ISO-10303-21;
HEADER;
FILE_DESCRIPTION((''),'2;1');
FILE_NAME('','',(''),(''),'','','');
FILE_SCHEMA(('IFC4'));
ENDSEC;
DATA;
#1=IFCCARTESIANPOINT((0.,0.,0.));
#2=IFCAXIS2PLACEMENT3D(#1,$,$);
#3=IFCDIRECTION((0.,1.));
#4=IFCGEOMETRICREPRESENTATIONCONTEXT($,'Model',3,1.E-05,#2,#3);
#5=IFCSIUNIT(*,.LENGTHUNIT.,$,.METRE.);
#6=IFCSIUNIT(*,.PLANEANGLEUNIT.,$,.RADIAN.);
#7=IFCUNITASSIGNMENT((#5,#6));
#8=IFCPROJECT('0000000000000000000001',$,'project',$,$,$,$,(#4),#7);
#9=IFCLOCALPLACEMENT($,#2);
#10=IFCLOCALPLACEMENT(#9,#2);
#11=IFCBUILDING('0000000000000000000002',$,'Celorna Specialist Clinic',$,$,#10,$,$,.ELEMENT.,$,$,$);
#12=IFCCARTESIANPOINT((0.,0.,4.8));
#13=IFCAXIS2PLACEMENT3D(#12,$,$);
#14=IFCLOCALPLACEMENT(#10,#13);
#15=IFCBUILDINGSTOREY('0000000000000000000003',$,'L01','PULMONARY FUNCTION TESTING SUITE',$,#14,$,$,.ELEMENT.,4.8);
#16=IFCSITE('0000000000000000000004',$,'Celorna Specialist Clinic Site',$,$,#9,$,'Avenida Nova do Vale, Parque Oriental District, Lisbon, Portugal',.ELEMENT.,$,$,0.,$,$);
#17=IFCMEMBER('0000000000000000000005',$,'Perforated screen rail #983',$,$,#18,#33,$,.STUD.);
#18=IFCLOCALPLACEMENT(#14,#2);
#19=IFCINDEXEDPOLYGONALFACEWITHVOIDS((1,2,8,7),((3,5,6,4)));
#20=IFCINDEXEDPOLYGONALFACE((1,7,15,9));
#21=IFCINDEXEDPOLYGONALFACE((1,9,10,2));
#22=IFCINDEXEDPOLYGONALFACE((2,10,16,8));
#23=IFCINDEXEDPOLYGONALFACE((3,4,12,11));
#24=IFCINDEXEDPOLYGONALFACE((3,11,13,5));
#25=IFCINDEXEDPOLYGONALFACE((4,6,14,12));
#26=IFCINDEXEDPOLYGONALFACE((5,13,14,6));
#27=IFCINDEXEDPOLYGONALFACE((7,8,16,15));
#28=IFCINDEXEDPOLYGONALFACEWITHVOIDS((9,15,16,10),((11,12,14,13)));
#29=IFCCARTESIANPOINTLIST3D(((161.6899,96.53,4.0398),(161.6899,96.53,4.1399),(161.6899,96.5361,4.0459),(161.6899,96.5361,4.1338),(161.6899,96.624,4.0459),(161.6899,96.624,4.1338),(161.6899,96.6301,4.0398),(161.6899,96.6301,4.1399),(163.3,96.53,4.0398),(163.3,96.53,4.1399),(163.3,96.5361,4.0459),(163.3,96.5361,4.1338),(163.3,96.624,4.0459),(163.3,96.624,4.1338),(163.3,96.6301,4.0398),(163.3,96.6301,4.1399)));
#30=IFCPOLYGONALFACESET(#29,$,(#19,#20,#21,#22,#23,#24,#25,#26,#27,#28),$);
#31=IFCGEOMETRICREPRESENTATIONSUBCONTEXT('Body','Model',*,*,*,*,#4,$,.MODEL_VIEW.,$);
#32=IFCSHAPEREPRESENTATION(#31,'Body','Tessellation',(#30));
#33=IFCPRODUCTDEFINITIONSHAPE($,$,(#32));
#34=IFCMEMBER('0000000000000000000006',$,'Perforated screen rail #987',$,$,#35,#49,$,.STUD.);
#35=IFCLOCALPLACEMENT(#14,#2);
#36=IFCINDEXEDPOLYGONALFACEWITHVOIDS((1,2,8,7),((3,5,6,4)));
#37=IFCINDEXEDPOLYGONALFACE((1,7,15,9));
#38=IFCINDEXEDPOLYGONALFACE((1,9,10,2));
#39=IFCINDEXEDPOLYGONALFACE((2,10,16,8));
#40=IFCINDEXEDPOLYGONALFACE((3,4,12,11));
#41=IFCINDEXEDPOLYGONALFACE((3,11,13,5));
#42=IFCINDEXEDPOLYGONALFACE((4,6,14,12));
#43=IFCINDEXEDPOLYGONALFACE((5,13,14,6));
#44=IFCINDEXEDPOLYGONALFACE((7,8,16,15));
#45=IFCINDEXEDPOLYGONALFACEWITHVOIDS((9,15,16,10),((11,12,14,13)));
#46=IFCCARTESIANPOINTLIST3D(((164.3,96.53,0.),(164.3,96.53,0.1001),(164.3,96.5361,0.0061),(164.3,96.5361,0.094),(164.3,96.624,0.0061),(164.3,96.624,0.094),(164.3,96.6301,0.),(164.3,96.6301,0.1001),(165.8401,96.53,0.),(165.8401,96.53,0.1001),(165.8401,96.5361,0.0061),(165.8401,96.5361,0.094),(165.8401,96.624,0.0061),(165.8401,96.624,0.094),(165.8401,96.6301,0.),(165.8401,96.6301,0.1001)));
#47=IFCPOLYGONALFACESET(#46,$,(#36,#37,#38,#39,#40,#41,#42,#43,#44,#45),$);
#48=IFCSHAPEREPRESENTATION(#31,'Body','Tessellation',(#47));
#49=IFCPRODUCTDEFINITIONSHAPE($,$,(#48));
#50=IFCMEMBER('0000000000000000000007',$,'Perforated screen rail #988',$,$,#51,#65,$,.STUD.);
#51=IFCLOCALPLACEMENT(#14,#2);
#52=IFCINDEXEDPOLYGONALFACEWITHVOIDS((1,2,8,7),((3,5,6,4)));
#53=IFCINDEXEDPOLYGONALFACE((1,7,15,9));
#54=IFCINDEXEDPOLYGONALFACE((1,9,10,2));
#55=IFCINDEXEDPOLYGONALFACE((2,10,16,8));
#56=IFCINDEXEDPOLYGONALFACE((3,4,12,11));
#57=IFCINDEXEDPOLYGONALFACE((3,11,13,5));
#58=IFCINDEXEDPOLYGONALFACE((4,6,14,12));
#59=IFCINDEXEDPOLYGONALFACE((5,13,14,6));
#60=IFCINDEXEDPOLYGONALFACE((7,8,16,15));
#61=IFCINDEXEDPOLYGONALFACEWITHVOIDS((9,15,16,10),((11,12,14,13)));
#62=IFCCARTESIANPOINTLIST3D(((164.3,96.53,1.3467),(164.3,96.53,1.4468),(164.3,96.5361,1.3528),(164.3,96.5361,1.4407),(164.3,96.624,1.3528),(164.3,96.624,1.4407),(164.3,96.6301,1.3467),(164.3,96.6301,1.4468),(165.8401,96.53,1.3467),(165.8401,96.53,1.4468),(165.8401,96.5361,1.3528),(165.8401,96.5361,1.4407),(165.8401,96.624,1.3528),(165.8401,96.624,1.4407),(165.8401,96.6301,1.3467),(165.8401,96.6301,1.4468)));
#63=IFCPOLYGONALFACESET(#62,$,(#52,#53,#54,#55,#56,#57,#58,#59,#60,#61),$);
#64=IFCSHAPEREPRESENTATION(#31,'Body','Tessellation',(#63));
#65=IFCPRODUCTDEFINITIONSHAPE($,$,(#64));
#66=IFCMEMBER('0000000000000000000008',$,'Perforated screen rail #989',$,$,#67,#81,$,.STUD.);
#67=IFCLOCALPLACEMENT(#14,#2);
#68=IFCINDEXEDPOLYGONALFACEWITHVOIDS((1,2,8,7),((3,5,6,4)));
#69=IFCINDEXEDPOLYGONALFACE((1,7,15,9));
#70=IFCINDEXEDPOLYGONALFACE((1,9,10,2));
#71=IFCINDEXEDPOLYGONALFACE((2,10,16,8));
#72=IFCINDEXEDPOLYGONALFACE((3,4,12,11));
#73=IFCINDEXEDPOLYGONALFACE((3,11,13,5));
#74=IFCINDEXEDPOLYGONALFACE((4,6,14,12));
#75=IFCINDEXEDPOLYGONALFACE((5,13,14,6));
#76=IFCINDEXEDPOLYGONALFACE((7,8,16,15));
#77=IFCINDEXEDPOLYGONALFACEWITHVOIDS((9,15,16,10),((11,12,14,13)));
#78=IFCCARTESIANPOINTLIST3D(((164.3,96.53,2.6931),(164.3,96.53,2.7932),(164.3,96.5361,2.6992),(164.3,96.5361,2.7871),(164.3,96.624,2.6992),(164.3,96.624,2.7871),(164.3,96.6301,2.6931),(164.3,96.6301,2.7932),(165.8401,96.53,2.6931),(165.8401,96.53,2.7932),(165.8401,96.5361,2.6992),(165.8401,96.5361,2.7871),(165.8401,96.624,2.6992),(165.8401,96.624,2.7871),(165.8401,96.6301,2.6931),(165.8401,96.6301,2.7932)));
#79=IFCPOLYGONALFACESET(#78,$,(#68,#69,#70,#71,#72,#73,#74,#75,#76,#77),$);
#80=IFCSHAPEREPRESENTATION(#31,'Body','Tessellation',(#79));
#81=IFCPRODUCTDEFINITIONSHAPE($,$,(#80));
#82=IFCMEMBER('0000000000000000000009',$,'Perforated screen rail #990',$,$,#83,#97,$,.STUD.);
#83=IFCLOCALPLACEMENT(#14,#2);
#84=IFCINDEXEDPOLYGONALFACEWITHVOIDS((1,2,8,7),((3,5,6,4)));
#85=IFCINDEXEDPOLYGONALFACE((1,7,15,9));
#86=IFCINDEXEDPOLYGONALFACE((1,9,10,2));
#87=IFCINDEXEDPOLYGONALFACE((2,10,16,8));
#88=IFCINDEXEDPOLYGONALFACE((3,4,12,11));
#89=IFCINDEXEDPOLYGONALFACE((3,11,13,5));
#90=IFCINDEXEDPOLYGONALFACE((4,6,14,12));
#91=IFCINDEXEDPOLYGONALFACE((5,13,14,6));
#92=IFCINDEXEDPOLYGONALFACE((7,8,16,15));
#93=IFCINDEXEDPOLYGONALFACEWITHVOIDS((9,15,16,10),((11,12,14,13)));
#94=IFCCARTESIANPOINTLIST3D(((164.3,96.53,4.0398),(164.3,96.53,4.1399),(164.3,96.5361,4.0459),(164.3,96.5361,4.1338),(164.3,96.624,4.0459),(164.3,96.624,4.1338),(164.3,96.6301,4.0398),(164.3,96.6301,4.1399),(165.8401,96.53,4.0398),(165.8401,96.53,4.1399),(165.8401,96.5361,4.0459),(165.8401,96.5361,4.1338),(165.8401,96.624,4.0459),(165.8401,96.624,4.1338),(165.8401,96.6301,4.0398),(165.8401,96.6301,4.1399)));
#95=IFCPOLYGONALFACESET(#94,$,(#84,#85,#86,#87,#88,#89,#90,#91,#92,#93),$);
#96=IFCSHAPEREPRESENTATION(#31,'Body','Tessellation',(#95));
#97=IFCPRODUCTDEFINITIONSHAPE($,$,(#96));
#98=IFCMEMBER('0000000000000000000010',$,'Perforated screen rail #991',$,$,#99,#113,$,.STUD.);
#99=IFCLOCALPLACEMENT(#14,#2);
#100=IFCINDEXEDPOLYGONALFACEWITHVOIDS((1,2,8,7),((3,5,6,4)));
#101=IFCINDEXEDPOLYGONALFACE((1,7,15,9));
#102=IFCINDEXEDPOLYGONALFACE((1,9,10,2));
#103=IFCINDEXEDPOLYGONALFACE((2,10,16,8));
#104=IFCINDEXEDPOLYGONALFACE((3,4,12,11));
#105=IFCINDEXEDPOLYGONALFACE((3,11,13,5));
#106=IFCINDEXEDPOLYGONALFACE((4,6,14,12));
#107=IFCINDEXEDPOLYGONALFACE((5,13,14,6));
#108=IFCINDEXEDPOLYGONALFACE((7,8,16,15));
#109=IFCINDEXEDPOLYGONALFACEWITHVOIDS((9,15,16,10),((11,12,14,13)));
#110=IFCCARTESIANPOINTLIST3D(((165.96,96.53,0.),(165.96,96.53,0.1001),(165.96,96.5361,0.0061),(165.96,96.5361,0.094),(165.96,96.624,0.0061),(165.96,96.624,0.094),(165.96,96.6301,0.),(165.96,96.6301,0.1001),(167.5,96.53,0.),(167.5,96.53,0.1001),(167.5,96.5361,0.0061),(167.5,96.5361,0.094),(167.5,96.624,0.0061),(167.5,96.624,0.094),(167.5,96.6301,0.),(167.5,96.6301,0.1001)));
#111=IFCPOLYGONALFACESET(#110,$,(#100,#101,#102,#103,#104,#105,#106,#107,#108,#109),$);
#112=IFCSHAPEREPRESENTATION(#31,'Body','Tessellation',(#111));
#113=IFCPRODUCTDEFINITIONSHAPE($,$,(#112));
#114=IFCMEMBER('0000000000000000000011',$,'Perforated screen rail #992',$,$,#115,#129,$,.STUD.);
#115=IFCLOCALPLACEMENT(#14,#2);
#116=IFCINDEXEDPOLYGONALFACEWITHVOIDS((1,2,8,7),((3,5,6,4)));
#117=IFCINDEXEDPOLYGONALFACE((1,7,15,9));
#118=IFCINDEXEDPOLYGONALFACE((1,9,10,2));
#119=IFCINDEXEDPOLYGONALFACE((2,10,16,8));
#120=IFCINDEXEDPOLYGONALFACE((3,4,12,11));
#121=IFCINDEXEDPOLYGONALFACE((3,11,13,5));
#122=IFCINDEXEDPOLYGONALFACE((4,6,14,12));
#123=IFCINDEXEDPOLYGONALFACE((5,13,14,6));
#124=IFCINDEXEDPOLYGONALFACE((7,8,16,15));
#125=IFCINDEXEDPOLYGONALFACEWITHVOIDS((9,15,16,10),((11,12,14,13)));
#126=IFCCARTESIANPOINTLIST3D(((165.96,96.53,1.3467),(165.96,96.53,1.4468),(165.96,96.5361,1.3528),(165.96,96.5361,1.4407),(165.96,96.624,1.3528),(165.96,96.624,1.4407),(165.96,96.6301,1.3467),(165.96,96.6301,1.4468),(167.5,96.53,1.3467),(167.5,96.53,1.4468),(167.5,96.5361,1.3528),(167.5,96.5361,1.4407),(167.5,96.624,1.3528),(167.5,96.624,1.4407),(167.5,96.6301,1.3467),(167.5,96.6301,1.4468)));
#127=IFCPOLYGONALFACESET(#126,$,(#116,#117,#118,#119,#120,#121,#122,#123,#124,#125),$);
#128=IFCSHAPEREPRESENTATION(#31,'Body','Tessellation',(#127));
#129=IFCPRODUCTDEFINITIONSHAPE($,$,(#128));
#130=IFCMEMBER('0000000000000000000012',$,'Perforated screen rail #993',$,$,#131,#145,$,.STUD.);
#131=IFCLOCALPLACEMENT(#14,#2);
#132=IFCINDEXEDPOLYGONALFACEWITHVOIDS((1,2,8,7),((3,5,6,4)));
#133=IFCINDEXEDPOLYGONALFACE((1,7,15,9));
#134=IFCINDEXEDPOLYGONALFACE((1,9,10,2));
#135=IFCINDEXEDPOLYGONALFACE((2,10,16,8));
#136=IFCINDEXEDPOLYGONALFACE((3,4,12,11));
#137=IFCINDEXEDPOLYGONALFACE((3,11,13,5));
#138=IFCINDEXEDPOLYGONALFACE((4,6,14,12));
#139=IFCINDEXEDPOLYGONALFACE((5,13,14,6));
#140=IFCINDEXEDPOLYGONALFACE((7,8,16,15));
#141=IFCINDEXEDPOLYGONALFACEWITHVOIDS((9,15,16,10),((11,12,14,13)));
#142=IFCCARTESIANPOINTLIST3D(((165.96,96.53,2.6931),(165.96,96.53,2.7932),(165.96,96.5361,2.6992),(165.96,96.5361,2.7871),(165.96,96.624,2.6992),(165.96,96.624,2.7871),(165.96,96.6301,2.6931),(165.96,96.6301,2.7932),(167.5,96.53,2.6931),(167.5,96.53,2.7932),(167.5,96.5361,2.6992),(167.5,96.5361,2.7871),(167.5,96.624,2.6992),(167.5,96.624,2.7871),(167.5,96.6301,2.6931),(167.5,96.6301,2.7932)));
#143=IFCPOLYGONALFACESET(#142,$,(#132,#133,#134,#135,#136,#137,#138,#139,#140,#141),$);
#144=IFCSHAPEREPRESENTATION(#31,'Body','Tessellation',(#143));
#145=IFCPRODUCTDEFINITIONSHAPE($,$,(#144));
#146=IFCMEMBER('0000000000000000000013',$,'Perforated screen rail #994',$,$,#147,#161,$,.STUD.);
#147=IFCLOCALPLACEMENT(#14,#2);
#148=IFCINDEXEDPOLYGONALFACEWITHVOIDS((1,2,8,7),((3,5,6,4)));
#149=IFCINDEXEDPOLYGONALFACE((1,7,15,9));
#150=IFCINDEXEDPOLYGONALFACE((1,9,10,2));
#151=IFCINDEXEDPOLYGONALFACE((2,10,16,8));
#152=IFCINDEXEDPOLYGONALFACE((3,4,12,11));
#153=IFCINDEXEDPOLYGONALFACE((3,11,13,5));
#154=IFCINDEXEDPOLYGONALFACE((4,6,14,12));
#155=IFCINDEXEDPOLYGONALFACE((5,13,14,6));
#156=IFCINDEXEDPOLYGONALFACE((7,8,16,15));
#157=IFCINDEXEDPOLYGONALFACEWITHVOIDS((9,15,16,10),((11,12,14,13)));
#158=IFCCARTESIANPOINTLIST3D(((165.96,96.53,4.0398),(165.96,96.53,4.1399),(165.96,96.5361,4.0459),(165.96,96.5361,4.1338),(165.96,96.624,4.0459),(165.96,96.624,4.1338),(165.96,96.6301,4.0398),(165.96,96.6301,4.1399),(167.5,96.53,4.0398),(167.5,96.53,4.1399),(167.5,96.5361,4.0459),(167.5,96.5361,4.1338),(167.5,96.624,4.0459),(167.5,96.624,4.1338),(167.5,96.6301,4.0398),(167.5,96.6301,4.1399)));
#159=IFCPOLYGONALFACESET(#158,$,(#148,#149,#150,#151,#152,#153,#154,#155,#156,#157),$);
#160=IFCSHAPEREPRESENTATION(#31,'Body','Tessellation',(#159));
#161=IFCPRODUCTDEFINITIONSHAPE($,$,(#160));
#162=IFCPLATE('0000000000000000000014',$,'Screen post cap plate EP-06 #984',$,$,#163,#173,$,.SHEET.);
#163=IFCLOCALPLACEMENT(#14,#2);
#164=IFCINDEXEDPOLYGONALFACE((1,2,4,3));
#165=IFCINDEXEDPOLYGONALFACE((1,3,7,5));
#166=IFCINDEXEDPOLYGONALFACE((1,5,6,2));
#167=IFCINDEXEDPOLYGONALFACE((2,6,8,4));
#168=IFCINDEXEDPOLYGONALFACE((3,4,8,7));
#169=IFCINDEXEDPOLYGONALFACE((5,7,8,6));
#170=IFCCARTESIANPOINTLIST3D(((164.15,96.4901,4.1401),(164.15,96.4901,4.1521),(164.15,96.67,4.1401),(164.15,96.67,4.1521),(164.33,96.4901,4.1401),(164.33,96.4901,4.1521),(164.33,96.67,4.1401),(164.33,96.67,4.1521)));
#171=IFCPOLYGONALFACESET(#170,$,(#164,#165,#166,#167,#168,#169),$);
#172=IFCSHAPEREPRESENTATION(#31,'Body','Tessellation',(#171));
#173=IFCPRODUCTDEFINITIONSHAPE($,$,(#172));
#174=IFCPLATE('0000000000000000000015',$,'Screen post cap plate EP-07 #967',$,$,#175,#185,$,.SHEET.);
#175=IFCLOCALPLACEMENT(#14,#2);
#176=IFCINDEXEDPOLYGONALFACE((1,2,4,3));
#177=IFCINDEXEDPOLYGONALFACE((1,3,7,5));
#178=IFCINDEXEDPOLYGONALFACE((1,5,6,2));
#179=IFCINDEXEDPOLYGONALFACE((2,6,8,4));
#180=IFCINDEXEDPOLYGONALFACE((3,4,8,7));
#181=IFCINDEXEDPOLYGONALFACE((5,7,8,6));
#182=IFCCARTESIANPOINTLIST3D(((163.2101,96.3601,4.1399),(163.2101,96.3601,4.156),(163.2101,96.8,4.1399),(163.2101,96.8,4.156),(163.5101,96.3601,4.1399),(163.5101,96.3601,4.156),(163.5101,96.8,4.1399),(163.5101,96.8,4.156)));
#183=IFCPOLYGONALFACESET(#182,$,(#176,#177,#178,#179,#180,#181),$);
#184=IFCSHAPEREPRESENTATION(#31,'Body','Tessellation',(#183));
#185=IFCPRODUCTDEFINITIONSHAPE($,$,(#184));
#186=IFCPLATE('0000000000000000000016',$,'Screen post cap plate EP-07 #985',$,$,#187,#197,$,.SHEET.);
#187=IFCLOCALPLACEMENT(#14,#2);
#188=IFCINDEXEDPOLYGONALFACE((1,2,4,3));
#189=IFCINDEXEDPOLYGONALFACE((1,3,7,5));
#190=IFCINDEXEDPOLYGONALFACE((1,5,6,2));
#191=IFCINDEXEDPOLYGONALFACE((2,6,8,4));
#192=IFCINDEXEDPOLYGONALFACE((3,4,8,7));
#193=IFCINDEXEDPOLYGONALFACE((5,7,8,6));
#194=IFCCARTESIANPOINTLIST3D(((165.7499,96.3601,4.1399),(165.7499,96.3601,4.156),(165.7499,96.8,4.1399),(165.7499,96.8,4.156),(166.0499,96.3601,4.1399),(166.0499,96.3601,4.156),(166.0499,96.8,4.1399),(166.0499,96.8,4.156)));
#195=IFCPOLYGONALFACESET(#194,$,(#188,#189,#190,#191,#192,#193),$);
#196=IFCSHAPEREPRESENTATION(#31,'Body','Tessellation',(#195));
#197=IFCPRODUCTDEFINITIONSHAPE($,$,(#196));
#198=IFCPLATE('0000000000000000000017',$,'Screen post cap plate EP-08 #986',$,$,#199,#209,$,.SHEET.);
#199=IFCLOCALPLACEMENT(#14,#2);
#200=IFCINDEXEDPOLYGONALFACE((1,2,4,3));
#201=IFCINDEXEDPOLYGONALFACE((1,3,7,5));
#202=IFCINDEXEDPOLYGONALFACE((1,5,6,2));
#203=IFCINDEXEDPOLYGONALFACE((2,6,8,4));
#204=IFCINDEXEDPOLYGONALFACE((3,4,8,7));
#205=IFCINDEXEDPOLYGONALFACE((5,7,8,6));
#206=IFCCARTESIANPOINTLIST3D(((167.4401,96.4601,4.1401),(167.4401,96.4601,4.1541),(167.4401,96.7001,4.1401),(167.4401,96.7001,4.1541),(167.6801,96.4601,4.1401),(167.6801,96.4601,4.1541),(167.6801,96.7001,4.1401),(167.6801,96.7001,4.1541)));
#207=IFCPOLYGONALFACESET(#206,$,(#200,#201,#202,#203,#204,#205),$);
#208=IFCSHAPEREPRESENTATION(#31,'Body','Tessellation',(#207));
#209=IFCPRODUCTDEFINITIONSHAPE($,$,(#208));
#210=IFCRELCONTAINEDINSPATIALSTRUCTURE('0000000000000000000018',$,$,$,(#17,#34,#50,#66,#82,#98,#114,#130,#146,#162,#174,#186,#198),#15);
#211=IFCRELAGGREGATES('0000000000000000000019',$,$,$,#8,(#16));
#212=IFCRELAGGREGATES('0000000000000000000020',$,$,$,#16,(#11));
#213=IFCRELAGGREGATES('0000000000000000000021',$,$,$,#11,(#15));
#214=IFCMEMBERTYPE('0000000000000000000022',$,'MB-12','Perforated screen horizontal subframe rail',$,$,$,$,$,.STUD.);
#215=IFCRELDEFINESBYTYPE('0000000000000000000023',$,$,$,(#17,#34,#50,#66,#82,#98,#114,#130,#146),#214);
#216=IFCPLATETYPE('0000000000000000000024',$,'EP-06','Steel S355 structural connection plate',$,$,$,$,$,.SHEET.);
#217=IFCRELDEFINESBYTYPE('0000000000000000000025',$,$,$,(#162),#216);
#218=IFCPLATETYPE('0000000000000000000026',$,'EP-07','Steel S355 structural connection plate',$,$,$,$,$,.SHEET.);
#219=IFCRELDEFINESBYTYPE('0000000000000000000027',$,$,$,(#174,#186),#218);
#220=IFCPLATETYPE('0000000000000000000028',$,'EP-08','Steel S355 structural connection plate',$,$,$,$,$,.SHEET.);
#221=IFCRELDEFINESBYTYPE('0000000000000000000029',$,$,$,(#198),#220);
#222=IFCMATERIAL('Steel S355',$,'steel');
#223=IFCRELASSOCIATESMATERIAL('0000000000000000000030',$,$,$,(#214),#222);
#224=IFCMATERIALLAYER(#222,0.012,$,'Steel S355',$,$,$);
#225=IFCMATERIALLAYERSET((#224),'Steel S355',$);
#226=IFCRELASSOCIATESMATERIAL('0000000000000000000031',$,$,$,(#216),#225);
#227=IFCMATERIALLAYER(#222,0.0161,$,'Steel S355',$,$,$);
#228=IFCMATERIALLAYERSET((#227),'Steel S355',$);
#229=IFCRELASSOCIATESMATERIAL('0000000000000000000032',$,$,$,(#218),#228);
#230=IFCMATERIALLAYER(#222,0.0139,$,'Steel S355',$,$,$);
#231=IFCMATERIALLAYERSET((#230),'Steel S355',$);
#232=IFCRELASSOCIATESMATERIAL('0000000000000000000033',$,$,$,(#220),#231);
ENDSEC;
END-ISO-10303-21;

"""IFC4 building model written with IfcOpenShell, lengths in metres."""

from ifc_helpers import new_model, si_unit, direction, frame, origin, origin_2d, place, context, subcontext, project, spatial, rectangle, hollow_rectangle, extrude, material, layer, layer_set, material_profile, profile_set, type_object, element, save


model = new_model("IFC4")

# Units and contexts
model_context = context("Model", 3, precision=1e-05, world=origin(), true_north=direction((0.0, 1.0)))
body_context = subcontext(model_context, "Body", "Model", "MODEL_VIEW")
ifc_project = project(units=[si_unit("LENGTHUNIT", "METRE"), si_unit("PLANEANGLEUNIT", "RADIAN")], contexts=[model_context])

# Site, building, storey
site_placement = place(None, origin())
site = spatial("IfcSite", under=ifc_project, at=site_placement, Name="Celorna Specialist Clinic Site", LongName="Avenida Nova do Vale, Parque Oriental District, Lisbon, Portugal", CompositionType="ELEMENT", RefElevation=0.0)
building_placement = place(site_placement, origin())
building = spatial("IfcBuilding", under=site, at=building_placement, Name="Celorna Specialist Clinic", CompositionType="ELEMENT")
storey_placement = place(building_placement, frame((0.0, 0.0, 4.8)))
storey = spatial("IfcBuildingStorey", under=building, at=storey_placement, Name="L01", Description="PULMONARY FUNCTION TESTING SUITE", CompositionType="ELEMENT", Elevation=4.8)

# Shared definitions
ifc_material_1 = material(Name="Steel S355", Category="steel")

# Members
ifc_material_profile_1 = material_profile(ifc_material_1, hollow_rectangle(XDim=0.1001, YDim=0.1001, WallThickness=0.0061, at=origin_2d()), Name="SHS 100x100x6")
ifc_profile_set_1 = profile_set([ifc_material_profile_1], Name="Steel S355")
member_type_1 = type_object("IfcMemberType", Name="MB-12", Description="Perforated screen horizontal subframe rail", PredefinedType="STUD", material=ifc_profile_set_1)
for number, where, z_axis, x_axis, name in (
    (1, (161.6899, 96.5801, 4.0898), (1.0, 0.0, 0.0), (0.0, 1.0, 0.0), "Perforated screen rail #983"),
):
    element("IfcMember", number, at=place(storey_placement, frame(where, z_axis=z_axis, x_axis=x_axis)), inside=storey, type_object=member_type_1, Name=name, PredefinedType="STUD", context=body_context, shape_type="SweptSolid", body=[
        extrude(hollow_rectangle(XDim=0.1001, YDim=0.1001, WallThickness=0.0061, at=origin_2d()), origin(), (0.0, 0.0, 1.0), 1.6101),
    ])
for number, where, z_axis, x_axis, name in (
    (2, (164.3, 96.5801, 0.05), (1.0, 0.0, 0.0), (0.0, 1.0, 0.0), "Perforated screen rail #987"),
    (3, (164.3, 96.5801, 1.3967), (1.0, 0.0, 0.0), (0.0, 1.0, 0.0), "Perforated screen rail #988"),
    (4, (164.3, 96.5801, 2.7432), (1.0, 0.0, 0.0), (0.0, 1.0, 0.0), "Perforated screen rail #989"),
    (5, (164.3, 96.5801, 4.0898), (1.0, 0.0, 0.0), (0.0, 1.0, 0.0), "Perforated screen rail #990"),
    (6, (165.96, 96.5801, 0.05), (1.0, 0.0, 0.0), (0.0, 1.0, 0.0), "Perforated screen rail #991"),
    (7, (165.96, 96.5801, 1.3967), (1.0, 0.0, 0.0), (0.0, 1.0, 0.0), "Perforated screen rail #992"),
    (8, (165.96, 96.5801, 2.7432), (1.0, 0.0, 0.0), (0.0, 1.0, 0.0), "Perforated screen rail #993"),
    (9, (165.96, 96.5801, 4.0898), (1.0, 0.0, 0.0), (0.0, 1.0, 0.0), "Perforated screen rail #994"),
):
    element("IfcMember", number, at=place(storey_placement, frame(where, z_axis=z_axis, x_axis=x_axis)), inside=storey, type_object=member_type_1, Name=name, PredefinedType="STUD", context=body_context, shape_type="SweptSolid", body=[
        extrude(hollow_rectangle(XDim=0.1001, YDim=0.1001, WallThickness=0.0061, at=origin_2d()), origin(), (0.0, 0.0, 1.0), 1.54),
    ])

# Plates
ifc_layer_1 = layer(ifc_material_1, 0.012, Name="Steel S355")
ifc_layer_set_1 = layer_set([ifc_layer_1], Name="Steel S355")
plate_type_1 = type_object("IfcPlateType", Name="EP-06", Description="Steel S355 structural connection plate", PredefinedType="SHEET", material=ifc_layer_set_1)
plate_1_placement = place(storey_placement, frame((164.24, 96.5801, 4.1401), z_axis=(0.0, 0.0, 1.0), x_axis=(1.0, 0.0, 0.0)))
element("IfcPlate", 10, at=plate_1_placement, inside=storey, type_object=plate_type_1, Name="Screen post cap plate EP-06 #984", PredefinedType="SHEET", context=body_context, shape_type="SweptSolid", body=[
    extrude(rectangle(XDim=0.1799, YDim=0.1799, at=origin_2d()), origin(), (0.0, 0.0, 1.0), 0.012),
])
ifc_layer_2 = layer(ifc_material_1, 0.0161, Name="Steel S355")
ifc_layer_set_2 = layer_set([ifc_layer_2], Name="Steel S355")
plate_type_2 = type_object("IfcPlateType", Name="EP-07", Description="Steel S355 structural connection plate", PredefinedType="SHEET", material=ifc_layer_set_2)
for number, where, z_axis, x_axis, name in (
    (11, (163.3601, 96.5801, 4.1399), (0.0, 0.0, 1.0), (1.0, 0.0, 0.0), "Screen post cap plate EP-07 #967"),
    (12, (165.8999, 96.5801, 4.1399), (0.0, 0.0, 1.0), (1.0, 0.0, 0.0), "Screen post cap plate EP-07 #985"),
):
    element("IfcPlate", number, at=place(storey_placement, frame(where, z_axis=z_axis, x_axis=x_axis)), inside=storey, type_object=plate_type_2, Name=name, PredefinedType="SHEET", context=body_context, shape_type="SweptSolid", body=[
        extrude(rectangle(XDim=0.3, YDim=0.4399, at=origin_2d()), origin(), (0.0, 0.0, 1.0), 0.0161),
    ])
ifc_layer_3 = layer(ifc_material_1, 0.0139, Name="Steel S355")
ifc_layer_set_3 = layer_set([ifc_layer_3], Name="Steel S355")
plate_type_3 = type_object("IfcPlateType", Name="EP-08", Description="Steel S355 structural connection plate", PredefinedType="SHEET", material=ifc_layer_set_3)
plate_2_placement = place(storey_placement, frame((167.5601, 96.5801, 4.1401), z_axis=(0.0, 0.0, 1.0), x_axis=(1.0, 0.0, 0.0)))
element("IfcPlate", 13, at=plate_2_placement, inside=storey, type_object=plate_type_3, Name="Screen post cap plate EP-08 #986", PredefinedType="SHEET", context=body_context, shape_type="SweptSolid", body=[
    extrude(rectangle(XDim=0.24, YDim=0.24, at=origin_2d()), origin(), (0.0, 0.0, 1.0), 0.0139),
])

save(model, "model.ifc")
